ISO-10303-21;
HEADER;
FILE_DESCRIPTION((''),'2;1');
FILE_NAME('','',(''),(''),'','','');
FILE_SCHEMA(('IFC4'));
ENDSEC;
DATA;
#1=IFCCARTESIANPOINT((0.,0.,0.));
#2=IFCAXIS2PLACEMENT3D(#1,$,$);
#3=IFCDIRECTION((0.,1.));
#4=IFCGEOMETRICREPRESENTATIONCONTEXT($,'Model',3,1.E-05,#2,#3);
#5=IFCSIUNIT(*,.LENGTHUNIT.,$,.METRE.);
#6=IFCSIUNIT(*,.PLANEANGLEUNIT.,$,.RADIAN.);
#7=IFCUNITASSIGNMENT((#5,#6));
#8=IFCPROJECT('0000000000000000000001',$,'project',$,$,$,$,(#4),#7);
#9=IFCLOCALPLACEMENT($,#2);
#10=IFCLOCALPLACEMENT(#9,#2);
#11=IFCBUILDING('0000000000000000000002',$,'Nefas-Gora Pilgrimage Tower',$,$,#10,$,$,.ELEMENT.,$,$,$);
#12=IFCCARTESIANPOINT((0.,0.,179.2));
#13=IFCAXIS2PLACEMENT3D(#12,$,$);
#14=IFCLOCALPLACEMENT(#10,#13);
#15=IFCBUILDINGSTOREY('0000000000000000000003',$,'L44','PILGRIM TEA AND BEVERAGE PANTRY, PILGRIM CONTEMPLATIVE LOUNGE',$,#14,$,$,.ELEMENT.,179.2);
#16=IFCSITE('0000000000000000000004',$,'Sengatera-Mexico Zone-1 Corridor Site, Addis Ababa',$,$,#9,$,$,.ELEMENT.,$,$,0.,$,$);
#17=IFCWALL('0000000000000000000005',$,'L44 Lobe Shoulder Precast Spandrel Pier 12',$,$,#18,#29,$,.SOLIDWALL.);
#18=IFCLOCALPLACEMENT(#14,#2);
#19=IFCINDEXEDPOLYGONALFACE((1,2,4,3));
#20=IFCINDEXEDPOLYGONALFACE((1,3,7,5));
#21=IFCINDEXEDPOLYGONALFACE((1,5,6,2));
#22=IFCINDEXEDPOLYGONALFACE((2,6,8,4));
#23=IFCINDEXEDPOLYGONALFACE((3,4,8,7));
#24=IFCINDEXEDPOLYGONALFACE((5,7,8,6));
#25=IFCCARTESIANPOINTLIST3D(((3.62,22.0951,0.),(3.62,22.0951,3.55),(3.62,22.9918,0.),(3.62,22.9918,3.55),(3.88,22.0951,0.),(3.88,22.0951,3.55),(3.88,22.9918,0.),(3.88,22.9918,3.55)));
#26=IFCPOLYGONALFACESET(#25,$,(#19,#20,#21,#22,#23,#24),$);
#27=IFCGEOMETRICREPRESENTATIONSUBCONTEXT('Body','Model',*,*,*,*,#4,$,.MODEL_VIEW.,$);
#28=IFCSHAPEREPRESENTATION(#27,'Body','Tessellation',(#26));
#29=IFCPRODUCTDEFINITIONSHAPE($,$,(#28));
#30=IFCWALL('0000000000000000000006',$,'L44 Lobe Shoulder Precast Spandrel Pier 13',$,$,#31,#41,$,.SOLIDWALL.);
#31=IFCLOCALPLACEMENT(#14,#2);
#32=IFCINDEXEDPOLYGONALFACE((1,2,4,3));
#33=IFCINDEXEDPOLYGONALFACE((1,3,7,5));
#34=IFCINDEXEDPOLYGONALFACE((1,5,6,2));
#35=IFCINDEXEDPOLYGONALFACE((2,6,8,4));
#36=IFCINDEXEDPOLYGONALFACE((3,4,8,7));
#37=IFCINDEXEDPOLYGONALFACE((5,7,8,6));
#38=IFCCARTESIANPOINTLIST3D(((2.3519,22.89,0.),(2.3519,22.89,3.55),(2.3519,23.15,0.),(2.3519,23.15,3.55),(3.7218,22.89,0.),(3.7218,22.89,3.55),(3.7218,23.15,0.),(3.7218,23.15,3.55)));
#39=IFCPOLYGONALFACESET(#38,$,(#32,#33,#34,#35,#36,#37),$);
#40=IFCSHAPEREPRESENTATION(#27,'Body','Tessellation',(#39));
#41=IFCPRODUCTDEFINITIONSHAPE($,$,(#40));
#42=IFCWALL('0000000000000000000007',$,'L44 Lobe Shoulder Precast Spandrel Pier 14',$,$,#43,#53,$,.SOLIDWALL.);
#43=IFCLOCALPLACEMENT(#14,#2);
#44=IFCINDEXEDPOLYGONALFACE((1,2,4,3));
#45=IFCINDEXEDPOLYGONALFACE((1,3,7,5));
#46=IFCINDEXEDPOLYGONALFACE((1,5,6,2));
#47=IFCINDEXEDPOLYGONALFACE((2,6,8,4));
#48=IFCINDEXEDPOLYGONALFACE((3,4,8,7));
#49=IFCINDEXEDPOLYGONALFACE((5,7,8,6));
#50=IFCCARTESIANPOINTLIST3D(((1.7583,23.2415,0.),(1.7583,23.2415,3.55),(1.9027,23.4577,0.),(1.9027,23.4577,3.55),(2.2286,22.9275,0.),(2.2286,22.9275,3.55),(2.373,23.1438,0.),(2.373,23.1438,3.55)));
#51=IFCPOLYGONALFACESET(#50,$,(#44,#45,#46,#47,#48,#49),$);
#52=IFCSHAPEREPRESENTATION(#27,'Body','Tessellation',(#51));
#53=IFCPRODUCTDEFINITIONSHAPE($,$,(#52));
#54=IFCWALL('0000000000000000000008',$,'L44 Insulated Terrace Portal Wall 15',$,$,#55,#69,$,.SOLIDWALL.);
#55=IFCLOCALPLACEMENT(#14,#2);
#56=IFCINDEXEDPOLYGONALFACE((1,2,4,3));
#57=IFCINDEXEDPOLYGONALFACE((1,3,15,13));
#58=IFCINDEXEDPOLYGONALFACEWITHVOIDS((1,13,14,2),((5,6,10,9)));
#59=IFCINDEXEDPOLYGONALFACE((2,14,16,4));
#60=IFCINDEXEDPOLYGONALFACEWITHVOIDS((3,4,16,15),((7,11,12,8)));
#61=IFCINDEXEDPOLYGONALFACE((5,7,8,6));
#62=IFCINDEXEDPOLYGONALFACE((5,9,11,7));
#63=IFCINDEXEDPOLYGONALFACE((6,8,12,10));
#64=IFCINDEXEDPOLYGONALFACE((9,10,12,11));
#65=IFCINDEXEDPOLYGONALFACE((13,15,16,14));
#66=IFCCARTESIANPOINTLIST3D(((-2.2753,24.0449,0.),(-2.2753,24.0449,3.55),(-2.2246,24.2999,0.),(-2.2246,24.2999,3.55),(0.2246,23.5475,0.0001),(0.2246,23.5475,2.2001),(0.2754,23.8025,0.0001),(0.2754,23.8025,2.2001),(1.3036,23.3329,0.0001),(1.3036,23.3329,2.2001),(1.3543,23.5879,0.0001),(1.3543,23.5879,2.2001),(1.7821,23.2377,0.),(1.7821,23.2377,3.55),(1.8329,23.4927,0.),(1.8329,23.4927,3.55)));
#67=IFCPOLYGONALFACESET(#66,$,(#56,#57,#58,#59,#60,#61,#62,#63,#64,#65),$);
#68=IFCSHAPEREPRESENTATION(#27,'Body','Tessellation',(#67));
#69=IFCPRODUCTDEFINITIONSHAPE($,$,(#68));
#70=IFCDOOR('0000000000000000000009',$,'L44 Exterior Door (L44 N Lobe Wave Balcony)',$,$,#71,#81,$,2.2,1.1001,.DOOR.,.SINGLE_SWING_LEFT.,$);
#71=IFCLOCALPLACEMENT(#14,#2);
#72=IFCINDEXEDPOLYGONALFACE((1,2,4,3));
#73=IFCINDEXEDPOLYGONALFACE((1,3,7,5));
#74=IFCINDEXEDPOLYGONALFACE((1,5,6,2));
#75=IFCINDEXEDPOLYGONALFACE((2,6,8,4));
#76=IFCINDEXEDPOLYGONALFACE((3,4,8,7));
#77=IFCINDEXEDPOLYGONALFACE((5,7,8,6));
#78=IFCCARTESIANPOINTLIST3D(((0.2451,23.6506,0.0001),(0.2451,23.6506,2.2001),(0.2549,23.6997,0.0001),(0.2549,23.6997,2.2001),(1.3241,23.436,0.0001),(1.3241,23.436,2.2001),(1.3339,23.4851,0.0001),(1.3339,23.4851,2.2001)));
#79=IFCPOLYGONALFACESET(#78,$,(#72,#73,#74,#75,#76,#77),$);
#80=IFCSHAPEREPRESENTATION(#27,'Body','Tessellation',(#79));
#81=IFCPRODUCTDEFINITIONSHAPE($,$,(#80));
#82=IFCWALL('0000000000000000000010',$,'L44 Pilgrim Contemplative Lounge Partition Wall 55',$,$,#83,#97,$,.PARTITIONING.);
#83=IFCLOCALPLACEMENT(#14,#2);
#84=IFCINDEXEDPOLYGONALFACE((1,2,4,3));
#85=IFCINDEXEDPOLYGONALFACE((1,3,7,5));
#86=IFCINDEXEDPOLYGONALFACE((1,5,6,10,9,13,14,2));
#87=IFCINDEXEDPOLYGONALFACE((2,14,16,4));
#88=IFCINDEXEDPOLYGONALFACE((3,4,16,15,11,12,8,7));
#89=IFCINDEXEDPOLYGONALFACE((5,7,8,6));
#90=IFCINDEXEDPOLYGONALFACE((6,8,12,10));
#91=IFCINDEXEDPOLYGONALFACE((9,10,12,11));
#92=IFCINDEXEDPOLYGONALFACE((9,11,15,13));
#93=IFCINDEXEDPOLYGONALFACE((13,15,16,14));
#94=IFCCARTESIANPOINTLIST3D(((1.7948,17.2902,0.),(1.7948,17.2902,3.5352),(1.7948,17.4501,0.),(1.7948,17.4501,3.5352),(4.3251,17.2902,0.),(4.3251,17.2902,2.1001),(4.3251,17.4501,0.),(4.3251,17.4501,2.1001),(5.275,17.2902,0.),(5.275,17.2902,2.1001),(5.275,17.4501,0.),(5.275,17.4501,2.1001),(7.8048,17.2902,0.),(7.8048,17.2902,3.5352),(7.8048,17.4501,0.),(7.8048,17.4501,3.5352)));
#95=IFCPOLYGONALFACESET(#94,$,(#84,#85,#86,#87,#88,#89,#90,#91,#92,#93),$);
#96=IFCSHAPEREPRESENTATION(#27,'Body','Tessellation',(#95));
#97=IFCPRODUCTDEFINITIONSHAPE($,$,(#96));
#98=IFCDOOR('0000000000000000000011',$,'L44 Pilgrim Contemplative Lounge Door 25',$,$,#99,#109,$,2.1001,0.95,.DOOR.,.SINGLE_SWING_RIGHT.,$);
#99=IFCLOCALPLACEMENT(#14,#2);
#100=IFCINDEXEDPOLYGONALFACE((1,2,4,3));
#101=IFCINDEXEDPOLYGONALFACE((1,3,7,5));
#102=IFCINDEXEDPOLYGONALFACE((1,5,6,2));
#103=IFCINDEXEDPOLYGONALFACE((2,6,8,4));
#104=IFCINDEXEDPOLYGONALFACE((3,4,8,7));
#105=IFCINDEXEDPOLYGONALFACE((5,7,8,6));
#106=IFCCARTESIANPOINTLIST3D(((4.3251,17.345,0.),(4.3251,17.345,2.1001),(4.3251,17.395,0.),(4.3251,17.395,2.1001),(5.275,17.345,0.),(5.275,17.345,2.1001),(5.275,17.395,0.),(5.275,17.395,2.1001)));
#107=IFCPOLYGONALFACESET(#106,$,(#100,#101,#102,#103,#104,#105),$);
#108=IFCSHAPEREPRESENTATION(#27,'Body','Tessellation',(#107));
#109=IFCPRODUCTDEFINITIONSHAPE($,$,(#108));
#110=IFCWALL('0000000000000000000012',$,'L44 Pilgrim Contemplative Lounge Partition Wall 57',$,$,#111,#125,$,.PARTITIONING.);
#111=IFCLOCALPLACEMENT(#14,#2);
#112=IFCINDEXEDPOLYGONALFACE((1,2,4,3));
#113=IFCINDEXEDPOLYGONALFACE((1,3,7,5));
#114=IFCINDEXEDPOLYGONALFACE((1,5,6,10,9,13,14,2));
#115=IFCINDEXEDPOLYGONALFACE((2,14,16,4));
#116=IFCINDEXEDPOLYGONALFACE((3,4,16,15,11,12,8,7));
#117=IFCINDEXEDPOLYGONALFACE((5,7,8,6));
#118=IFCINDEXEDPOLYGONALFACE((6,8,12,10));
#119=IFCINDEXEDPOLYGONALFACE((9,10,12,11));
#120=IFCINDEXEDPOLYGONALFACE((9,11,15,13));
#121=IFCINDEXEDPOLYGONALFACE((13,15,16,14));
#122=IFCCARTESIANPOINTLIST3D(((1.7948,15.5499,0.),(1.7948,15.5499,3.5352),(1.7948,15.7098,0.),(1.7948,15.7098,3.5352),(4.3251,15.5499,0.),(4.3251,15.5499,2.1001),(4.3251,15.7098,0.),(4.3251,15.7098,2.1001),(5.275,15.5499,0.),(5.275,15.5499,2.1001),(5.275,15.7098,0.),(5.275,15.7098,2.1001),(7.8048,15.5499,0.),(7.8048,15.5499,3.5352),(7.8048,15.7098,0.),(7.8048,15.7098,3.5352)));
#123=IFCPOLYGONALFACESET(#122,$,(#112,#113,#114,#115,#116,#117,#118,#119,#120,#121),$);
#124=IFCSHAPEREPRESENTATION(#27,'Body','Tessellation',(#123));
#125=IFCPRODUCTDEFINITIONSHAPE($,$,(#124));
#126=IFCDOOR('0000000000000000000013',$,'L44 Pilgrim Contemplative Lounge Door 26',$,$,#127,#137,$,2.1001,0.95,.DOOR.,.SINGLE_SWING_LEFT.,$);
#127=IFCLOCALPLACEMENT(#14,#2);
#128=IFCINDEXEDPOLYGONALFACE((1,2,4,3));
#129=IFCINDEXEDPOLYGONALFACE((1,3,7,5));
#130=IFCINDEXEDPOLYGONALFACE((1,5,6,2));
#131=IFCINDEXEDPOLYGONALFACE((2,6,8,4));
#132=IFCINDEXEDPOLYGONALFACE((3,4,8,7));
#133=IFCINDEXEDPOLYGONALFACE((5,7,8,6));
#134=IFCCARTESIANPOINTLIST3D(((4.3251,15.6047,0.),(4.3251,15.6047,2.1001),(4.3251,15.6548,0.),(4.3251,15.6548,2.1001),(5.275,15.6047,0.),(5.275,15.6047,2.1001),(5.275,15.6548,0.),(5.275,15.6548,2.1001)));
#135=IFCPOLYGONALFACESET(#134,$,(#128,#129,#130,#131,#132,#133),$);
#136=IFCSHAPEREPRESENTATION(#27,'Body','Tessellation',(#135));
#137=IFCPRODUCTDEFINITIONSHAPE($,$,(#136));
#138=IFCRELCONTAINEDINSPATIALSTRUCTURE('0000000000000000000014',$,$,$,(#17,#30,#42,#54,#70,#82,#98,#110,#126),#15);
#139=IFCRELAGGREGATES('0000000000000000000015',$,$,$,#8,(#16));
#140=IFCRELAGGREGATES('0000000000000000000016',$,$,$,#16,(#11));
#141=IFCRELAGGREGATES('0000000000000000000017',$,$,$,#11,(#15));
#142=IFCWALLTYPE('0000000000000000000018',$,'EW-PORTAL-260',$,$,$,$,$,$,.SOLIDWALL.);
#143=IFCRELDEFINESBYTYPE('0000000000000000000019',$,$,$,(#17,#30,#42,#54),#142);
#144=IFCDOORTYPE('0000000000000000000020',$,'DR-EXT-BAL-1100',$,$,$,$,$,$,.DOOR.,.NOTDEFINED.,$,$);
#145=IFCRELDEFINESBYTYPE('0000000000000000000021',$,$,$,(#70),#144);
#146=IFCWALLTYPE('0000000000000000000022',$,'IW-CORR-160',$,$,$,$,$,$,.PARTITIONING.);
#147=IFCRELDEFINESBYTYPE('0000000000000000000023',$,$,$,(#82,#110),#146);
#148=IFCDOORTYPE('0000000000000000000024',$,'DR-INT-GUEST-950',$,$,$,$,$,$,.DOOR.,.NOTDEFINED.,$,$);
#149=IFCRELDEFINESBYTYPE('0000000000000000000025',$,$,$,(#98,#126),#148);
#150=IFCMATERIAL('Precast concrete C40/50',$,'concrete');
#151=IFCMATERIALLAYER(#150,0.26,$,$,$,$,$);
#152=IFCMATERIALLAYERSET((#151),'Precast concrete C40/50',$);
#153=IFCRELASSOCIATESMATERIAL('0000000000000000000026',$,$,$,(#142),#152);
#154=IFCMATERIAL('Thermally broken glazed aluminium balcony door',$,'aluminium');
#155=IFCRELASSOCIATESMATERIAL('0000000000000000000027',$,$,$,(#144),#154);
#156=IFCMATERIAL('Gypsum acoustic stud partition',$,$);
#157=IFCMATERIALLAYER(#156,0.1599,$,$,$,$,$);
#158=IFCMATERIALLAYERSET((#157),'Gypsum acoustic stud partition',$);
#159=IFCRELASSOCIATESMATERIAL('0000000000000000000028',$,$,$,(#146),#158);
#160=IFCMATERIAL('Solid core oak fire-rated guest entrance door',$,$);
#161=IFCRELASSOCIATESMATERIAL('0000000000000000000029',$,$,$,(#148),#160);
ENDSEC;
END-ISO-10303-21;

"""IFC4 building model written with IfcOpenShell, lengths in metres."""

from ifc_helpers import new_model, si_unit, direction, frame, frame_2d, origin, place, context, subcontext, project, spatial, rectangle, extrude, source, transform, mapped, material, layer, layer_set, type_object, element, fill, save


model = new_model("IFC4")

# Units and contexts
model_context = context("Model", 3, precision=1e-05, world=origin(), true_north=direction((0.0, 1.0)))
body_context = subcontext(model_context, "Body", "Model", "MODEL_VIEW")
ifc_project = project(units=[si_unit("LENGTHUNIT", "METRE"), si_unit("PLANEANGLEUNIT", "RADIAN")], contexts=[model_context])

# Site, building, storey
site_placement = place(None, origin())
site = spatial("IfcSite", under=ifc_project, at=site_placement, Name="Sengatera-Mexico Zone-1 Corridor Site, Addis Ababa", CompositionType="ELEMENT", RefElevation=0.0)
building_placement = place(site_placement, origin())
building = spatial("IfcBuilding", under=site, at=building_placement, Name="Nefas-Gora Pilgrimage Tower", CompositionType="ELEMENT")
storey_placement = place(building_placement, frame((0.0, 0.0, 179.2)))
storey = spatial("IfcBuildingStorey", under=building, at=storey_placement, Name="L44", Description="PILGRIM TEA AND BEVERAGE PANTRY, PILGRIM CONTEMPLATIVE LOUNGE", CompositionType="ELEMENT", Elevation=179.2)

# Walls
ifc_material_1 = material(Name="Precast concrete C40/50", Category="concrete")
ifc_layer_1 = layer(ifc_material_1, 0.26)
ifc_layer_set_1 = layer_set([ifc_layer_1], Name="Precast concrete C40/50")
wall_type_1 = type_object("IfcWallType", Name="EW-PORTAL-260", PredefinedType="SOLIDWALL", material=ifc_layer_set_1)
shared_shape_1 = source(origin(), body_context, "Body", "SweptSolid", [
    extrude(rectangle(XDim=0.8967, YDim=0.26, at=frame_2d((0.4482, 0.0))), origin(), (0.0, 0.0, 1.0), 3.55),
])
wall_1_placement = place(storey_placement, frame((3.75, 22.0952, 0.0), z_axis=(0.0, 0.0, 1.0), x_axis=(0.0, 1.0, 0.0)))
element("IfcWall", 1, at=wall_1_placement, inside=storey, type_object=wall_type_1, Name="L44 Lobe Shoulder Precast Spandrel Pier 12", PredefinedType="SOLIDWALL", context=body_context, shape_type="MappedRepresentation", body=[
    mapped(shared_shape_1, transform((0.0, 0.0, 0.0), x_axis=(1.0, 0.0, 0.0), y_axis=(0.0, 1.0, 0.0), z_axis=(0.0, 0.0, 1.0), scale=1.0)),
])
shared_shape_2 = source(origin(), body_context, "Body", "SweptSolid", [
    extrude(rectangle(XDim=1.3699, YDim=0.26, at=frame_2d((0.6851, 0.0))), origin(), (0.0, 0.0, 1.0), 3.55),
])
wall_2_placement = place(storey_placement, frame((3.7219, 23.02, 0.0), z_axis=(0.0, 0.0, 1.0), x_axis=(-1.0, 0.0, 0.0)))
element("IfcWall", 2, at=wall_2_placement, inside=storey, type_object=wall_type_1, Name="L44 Lobe Shoulder Precast Spandrel Pier 13", PredefinedType="SOLIDWALL", context=body_context, shape_type="MappedRepresentation", body=[
    mapped(shared_shape_2, transform((0.0, 0.0, 0.0), x_axis=(1.0, 0.0, 0.0), y_axis=(0.0, 1.0, 0.0), z_axis=(0.0, 0.0, 1.0), scale=1.0)),
])
shared_shape_3 = source(origin(), body_context, "Body", "SweptSolid", [
    extrude(rectangle(XDim=0.5654, YDim=0.26, at=frame_2d((0.2827, 0.0))), origin(), (0.0, 0.0, 1.0), 3.55),
])
wall_3_placement = place(storey_placement, frame((2.3008, 23.0356, 0.0), z_axis=(0.0, 0.0, 1.0), x_axis=(-0.831651, 0.555298, 0.0)))
element("IfcWall", 3, at=wall_3_placement, inside=storey, type_object=wall_type_1, Name="L44 Lobe Shoulder Precast Spandrel Pier 14", PredefinedType="SOLIDWALL", context=body_context, shape_type="MappedRepresentation", body=[
    mapped(shared_shape_3, transform((0.0, 0.0, 0.0), x_axis=(1.0, 0.0, 0.0), y_axis=(0.0, 1.0, 0.0), z_axis=(0.0, 0.0, 1.0), scale=1.0)),
])

# Walls, openings, doors
shared_shape_4 = source(origin(), body_context, "Body", "SweptSolid", [
    extrude(rectangle(XDim=4.137, YDim=0.26, at=frame_2d((2.0684, 0.0))), origin(), (0.0, 0.0, 1.0), 3.55),
])
wall_4_placement = place(storey_placement, frame((1.8074, 23.3652, 0.0), z_axis=(0.0, 0.0, 1.0), x_axis=(-0.980782, 0.195106, 0.0)))
wall_4 = element("IfcWall", 4, at=wall_4_placement, inside=storey, type_object=wall_type_1, Name="L44 Insulated Terrace Portal Wall 15", PredefinedType="SOLIDWALL", context=body_context, shape_type="MappedRepresentation", body=[
    mapped(shared_shape_4, transform((0.0, 0.0, 0.0), x_axis=(1.0, 0.0, 0.0), y_axis=(0.0, 1.0, 0.0), z_axis=(0.0, 0.0, 1.0), scale=1.0)),
])
opening_1_placement = place(wall_4_placement, frame((0.4878, 0.0, 0.0)))
opening_1 = element("IfcOpeningElement", 5, at=opening_1_placement, cuts=wall_4, PredefinedType="OPENING", context=body_context, shape_type="SweptSolid", body=[
    extrude(rectangle(XDim=1.1001, YDim=2.2, at=frame_2d((0.55, 1.1001))), frame((0.0, 0.1399, 0.0), z_axis=(0.0, -1.0, 0.0), x_axis=(1.0, 0.0, 0.0)), (0.0, 0.0, 1.0), 0.28),
])
ifc_material_2 = material(Name="Thermally broken glazed aluminium balcony door", Category="aluminium")
door_type_1 = type_object("IfcDoorType", Name="DR-EXT-BAL-1100", OperationType="NOTDEFINED", PredefinedType="DOOR", material=ifc_material_2)
shared_shape_5 = source(origin(), body_context, "Body", "SweptSolid", [
    extrude(rectangle(XDim=1.1001, YDim=2.2, at=frame_2d((0.55, 1.1001))), frame((0.0, 0.0249, 0.0), z_axis=(0.0, -1.0, 0.0), x_axis=(1.0, 0.0, 0.0)), (0.0, 0.0, 1.0), 0.05),
])
door_1_placement = place(opening_1_placement, origin())
door_1 = element("IfcDoor", 6, at=door_1_placement, inside=storey, type_object=door_type_1, Name="L44 Exterior Door (L44 N Lobe Wave Balcony)", OperationType="SINGLE_SWING_LEFT", OverallHeight=2.2, OverallWidth=1.1001, PredefinedType="DOOR", context=body_context, shape_type="MappedRepresentation", body=[
    mapped(shared_shape_5, transform((0.0, 0.0, 0.0), x_axis=(1.0, 0.0, 0.0), y_axis=(0.0, 1.0, 0.0), z_axis=(0.0, 0.0, 1.0), scale=1.0)),
])
fill(opening_1, door_1)
ifc_material_3 = material(Name="Gypsum acoustic stud partition")
ifc_layer_2 = layer(ifc_material_3, 0.1599)
ifc_layer_set_2 = layer_set([ifc_layer_2], Name="Gypsum acoustic stud partition")
wall_type_2 = type_object("IfcWallType", Name="IW-CORR-160", PredefinedType="PARTITIONING", material=ifc_layer_set_2)
shared_shape_6 = source(origin(), body_context, "Body", "SweptSolid", [
    extrude(rectangle(XDim=6.01, YDim=0.1599, at=frame_2d((3.0049, 0.0))), origin(), (0.0, 0.0, 1.0), 3.5352),
])
wall_5_placement = place(storey_placement, frame((1.7949, 17.3701, 0.0), z_axis=(0.0, 0.0, 1.0), x_axis=(1.0, 0.0, 0.0)))
wall_5 = element("IfcWall", 7, at=wall_5_placement, inside=storey, type_object=wall_type_2, Name="L44 Pilgrim Contemplative Lounge Partition Wall 55", PredefinedType="PARTITIONING", context=body_context, shape_type="MappedRepresentation", body=[
    mapped(shared_shape_6, transform((0.0, 0.0, 0.0), x_axis=(1.0, 0.0, 0.0), y_axis=(0.0, 1.0, 0.0), z_axis=(0.0, 0.0, 1.0), scale=1.0)),
])
opening_2_placement = place(wall_5_placement, frame((2.53, 0.0, 0.0)))
opening_2 = element("IfcOpeningElement", 8, at=opening_2_placement, cuts=wall_5, PredefinedType="OPENING", context=body_context, shape_type="SweptSolid", body=[
    extrude(rectangle(XDim=0.95, YDim=2.1001, at=frame_2d((0.4751, 1.05))), frame((0.0, 0.0898, 0.0), z_axis=(0.0, -1.0, 0.0), x_axis=(1.0, 0.0, 0.0)), (0.0, 0.0, 1.0), 0.1799),
])
ifc_material_4 = material(Name="Solid core oak fire-rated guest entrance door")
door_type_2 = type_object("IfcDoorType", Name="DR-INT-GUEST-950", OperationType="NOTDEFINED", PredefinedType="DOOR", material=ifc_material_4)
shared_shape_7 = source(origin(), body_context, "Body", "SweptSolid", [
    extrude(rectangle(XDim=0.95, YDim=2.1001, at=frame_2d((0.4751, 1.05))), frame((0.0, 0.0249, 0.0), z_axis=(0.0, -1.0, 0.0), x_axis=(1.0, 0.0, 0.0)), (0.0, 0.0, 1.0), 0.05),
])
door_2_placement = place(opening_2_placement, origin())
door_2 = element("IfcDoor", 9, at=door_2_placement, inside=storey, type_object=door_type_2, Name="L44 Pilgrim Contemplative Lounge Door 25", OperationType="SINGLE_SWING_RIGHT", OverallHeight=2.1001, OverallWidth=0.95, PredefinedType="DOOR", context=body_context, shape_type="MappedRepresentation", body=[
    mapped(shared_shape_7, transform((0.0, 0.0, 0.0), x_axis=(1.0, 0.0, 0.0), y_axis=(0.0, 1.0, 0.0), z_axis=(0.0, 0.0, 1.0), scale=1.0)),
])
fill(opening_2, door_2)
wall_6_placement = place(storey_placement, frame((1.7949, 15.6299, 0.0), z_axis=(0.0, 0.0, 1.0), x_axis=(1.0, 0.0, 0.0)))
wall_6 = element("IfcWall", 10, at=wall_6_placement, inside=storey, type_object=wall_type_2, Name="L44 Pilgrim Contemplative Lounge Partition Wall 57", PredefinedType="PARTITIONING", context=body_context, shape_type="MappedRepresentation", body=[
    mapped(shared_shape_6, transform((0.0, 0.0, 0.0), x_axis=(1.0, 0.0, 0.0), y_axis=(0.0, 1.0, 0.0), z_axis=(0.0, 0.0, 1.0), scale=1.0)),
])
opening_3_placement = place(wall_6_placement, frame((2.53, 0.0, 0.0)))
opening_3 = element("IfcOpeningElement", 11, at=opening_3_placement, cuts=wall_6, PredefinedType="OPENING", context=body_context, shape_type="SweptSolid", body=[
    extrude(rectangle(XDim=0.95, YDim=2.1001, at=frame_2d((0.4751, 1.05))), frame((0.0, 0.0898, 0.0), z_axis=(0.0, -1.0, 0.0), x_axis=(1.0, 0.0, 0.0)), (0.0, 0.0, 1.0), 0.1799),
])
door_3_placement = place(opening_3_placement, origin())
door_3 = element("IfcDoor", 12, at=door_3_placement, inside=storey, type_object=door_type_2, Name="L44 Pilgrim Contemplative Lounge Door 26", OperationType="SINGLE_SWING_LEFT", OverallHeight=2.1001, OverallWidth=0.95, PredefinedType="DOOR", context=body_context, shape_type="MappedRepresentation", body=[
    mapped(shared_shape_7, transform((0.0, 0.0, 0.0), x_axis=(1.0, 0.0, 0.0), y_axis=(0.0, 1.0, 0.0), z_axis=(0.0, 0.0, 1.0), scale=1.0)),
])
fill(opening_3, door_3)

save(model, "model.ifc")
